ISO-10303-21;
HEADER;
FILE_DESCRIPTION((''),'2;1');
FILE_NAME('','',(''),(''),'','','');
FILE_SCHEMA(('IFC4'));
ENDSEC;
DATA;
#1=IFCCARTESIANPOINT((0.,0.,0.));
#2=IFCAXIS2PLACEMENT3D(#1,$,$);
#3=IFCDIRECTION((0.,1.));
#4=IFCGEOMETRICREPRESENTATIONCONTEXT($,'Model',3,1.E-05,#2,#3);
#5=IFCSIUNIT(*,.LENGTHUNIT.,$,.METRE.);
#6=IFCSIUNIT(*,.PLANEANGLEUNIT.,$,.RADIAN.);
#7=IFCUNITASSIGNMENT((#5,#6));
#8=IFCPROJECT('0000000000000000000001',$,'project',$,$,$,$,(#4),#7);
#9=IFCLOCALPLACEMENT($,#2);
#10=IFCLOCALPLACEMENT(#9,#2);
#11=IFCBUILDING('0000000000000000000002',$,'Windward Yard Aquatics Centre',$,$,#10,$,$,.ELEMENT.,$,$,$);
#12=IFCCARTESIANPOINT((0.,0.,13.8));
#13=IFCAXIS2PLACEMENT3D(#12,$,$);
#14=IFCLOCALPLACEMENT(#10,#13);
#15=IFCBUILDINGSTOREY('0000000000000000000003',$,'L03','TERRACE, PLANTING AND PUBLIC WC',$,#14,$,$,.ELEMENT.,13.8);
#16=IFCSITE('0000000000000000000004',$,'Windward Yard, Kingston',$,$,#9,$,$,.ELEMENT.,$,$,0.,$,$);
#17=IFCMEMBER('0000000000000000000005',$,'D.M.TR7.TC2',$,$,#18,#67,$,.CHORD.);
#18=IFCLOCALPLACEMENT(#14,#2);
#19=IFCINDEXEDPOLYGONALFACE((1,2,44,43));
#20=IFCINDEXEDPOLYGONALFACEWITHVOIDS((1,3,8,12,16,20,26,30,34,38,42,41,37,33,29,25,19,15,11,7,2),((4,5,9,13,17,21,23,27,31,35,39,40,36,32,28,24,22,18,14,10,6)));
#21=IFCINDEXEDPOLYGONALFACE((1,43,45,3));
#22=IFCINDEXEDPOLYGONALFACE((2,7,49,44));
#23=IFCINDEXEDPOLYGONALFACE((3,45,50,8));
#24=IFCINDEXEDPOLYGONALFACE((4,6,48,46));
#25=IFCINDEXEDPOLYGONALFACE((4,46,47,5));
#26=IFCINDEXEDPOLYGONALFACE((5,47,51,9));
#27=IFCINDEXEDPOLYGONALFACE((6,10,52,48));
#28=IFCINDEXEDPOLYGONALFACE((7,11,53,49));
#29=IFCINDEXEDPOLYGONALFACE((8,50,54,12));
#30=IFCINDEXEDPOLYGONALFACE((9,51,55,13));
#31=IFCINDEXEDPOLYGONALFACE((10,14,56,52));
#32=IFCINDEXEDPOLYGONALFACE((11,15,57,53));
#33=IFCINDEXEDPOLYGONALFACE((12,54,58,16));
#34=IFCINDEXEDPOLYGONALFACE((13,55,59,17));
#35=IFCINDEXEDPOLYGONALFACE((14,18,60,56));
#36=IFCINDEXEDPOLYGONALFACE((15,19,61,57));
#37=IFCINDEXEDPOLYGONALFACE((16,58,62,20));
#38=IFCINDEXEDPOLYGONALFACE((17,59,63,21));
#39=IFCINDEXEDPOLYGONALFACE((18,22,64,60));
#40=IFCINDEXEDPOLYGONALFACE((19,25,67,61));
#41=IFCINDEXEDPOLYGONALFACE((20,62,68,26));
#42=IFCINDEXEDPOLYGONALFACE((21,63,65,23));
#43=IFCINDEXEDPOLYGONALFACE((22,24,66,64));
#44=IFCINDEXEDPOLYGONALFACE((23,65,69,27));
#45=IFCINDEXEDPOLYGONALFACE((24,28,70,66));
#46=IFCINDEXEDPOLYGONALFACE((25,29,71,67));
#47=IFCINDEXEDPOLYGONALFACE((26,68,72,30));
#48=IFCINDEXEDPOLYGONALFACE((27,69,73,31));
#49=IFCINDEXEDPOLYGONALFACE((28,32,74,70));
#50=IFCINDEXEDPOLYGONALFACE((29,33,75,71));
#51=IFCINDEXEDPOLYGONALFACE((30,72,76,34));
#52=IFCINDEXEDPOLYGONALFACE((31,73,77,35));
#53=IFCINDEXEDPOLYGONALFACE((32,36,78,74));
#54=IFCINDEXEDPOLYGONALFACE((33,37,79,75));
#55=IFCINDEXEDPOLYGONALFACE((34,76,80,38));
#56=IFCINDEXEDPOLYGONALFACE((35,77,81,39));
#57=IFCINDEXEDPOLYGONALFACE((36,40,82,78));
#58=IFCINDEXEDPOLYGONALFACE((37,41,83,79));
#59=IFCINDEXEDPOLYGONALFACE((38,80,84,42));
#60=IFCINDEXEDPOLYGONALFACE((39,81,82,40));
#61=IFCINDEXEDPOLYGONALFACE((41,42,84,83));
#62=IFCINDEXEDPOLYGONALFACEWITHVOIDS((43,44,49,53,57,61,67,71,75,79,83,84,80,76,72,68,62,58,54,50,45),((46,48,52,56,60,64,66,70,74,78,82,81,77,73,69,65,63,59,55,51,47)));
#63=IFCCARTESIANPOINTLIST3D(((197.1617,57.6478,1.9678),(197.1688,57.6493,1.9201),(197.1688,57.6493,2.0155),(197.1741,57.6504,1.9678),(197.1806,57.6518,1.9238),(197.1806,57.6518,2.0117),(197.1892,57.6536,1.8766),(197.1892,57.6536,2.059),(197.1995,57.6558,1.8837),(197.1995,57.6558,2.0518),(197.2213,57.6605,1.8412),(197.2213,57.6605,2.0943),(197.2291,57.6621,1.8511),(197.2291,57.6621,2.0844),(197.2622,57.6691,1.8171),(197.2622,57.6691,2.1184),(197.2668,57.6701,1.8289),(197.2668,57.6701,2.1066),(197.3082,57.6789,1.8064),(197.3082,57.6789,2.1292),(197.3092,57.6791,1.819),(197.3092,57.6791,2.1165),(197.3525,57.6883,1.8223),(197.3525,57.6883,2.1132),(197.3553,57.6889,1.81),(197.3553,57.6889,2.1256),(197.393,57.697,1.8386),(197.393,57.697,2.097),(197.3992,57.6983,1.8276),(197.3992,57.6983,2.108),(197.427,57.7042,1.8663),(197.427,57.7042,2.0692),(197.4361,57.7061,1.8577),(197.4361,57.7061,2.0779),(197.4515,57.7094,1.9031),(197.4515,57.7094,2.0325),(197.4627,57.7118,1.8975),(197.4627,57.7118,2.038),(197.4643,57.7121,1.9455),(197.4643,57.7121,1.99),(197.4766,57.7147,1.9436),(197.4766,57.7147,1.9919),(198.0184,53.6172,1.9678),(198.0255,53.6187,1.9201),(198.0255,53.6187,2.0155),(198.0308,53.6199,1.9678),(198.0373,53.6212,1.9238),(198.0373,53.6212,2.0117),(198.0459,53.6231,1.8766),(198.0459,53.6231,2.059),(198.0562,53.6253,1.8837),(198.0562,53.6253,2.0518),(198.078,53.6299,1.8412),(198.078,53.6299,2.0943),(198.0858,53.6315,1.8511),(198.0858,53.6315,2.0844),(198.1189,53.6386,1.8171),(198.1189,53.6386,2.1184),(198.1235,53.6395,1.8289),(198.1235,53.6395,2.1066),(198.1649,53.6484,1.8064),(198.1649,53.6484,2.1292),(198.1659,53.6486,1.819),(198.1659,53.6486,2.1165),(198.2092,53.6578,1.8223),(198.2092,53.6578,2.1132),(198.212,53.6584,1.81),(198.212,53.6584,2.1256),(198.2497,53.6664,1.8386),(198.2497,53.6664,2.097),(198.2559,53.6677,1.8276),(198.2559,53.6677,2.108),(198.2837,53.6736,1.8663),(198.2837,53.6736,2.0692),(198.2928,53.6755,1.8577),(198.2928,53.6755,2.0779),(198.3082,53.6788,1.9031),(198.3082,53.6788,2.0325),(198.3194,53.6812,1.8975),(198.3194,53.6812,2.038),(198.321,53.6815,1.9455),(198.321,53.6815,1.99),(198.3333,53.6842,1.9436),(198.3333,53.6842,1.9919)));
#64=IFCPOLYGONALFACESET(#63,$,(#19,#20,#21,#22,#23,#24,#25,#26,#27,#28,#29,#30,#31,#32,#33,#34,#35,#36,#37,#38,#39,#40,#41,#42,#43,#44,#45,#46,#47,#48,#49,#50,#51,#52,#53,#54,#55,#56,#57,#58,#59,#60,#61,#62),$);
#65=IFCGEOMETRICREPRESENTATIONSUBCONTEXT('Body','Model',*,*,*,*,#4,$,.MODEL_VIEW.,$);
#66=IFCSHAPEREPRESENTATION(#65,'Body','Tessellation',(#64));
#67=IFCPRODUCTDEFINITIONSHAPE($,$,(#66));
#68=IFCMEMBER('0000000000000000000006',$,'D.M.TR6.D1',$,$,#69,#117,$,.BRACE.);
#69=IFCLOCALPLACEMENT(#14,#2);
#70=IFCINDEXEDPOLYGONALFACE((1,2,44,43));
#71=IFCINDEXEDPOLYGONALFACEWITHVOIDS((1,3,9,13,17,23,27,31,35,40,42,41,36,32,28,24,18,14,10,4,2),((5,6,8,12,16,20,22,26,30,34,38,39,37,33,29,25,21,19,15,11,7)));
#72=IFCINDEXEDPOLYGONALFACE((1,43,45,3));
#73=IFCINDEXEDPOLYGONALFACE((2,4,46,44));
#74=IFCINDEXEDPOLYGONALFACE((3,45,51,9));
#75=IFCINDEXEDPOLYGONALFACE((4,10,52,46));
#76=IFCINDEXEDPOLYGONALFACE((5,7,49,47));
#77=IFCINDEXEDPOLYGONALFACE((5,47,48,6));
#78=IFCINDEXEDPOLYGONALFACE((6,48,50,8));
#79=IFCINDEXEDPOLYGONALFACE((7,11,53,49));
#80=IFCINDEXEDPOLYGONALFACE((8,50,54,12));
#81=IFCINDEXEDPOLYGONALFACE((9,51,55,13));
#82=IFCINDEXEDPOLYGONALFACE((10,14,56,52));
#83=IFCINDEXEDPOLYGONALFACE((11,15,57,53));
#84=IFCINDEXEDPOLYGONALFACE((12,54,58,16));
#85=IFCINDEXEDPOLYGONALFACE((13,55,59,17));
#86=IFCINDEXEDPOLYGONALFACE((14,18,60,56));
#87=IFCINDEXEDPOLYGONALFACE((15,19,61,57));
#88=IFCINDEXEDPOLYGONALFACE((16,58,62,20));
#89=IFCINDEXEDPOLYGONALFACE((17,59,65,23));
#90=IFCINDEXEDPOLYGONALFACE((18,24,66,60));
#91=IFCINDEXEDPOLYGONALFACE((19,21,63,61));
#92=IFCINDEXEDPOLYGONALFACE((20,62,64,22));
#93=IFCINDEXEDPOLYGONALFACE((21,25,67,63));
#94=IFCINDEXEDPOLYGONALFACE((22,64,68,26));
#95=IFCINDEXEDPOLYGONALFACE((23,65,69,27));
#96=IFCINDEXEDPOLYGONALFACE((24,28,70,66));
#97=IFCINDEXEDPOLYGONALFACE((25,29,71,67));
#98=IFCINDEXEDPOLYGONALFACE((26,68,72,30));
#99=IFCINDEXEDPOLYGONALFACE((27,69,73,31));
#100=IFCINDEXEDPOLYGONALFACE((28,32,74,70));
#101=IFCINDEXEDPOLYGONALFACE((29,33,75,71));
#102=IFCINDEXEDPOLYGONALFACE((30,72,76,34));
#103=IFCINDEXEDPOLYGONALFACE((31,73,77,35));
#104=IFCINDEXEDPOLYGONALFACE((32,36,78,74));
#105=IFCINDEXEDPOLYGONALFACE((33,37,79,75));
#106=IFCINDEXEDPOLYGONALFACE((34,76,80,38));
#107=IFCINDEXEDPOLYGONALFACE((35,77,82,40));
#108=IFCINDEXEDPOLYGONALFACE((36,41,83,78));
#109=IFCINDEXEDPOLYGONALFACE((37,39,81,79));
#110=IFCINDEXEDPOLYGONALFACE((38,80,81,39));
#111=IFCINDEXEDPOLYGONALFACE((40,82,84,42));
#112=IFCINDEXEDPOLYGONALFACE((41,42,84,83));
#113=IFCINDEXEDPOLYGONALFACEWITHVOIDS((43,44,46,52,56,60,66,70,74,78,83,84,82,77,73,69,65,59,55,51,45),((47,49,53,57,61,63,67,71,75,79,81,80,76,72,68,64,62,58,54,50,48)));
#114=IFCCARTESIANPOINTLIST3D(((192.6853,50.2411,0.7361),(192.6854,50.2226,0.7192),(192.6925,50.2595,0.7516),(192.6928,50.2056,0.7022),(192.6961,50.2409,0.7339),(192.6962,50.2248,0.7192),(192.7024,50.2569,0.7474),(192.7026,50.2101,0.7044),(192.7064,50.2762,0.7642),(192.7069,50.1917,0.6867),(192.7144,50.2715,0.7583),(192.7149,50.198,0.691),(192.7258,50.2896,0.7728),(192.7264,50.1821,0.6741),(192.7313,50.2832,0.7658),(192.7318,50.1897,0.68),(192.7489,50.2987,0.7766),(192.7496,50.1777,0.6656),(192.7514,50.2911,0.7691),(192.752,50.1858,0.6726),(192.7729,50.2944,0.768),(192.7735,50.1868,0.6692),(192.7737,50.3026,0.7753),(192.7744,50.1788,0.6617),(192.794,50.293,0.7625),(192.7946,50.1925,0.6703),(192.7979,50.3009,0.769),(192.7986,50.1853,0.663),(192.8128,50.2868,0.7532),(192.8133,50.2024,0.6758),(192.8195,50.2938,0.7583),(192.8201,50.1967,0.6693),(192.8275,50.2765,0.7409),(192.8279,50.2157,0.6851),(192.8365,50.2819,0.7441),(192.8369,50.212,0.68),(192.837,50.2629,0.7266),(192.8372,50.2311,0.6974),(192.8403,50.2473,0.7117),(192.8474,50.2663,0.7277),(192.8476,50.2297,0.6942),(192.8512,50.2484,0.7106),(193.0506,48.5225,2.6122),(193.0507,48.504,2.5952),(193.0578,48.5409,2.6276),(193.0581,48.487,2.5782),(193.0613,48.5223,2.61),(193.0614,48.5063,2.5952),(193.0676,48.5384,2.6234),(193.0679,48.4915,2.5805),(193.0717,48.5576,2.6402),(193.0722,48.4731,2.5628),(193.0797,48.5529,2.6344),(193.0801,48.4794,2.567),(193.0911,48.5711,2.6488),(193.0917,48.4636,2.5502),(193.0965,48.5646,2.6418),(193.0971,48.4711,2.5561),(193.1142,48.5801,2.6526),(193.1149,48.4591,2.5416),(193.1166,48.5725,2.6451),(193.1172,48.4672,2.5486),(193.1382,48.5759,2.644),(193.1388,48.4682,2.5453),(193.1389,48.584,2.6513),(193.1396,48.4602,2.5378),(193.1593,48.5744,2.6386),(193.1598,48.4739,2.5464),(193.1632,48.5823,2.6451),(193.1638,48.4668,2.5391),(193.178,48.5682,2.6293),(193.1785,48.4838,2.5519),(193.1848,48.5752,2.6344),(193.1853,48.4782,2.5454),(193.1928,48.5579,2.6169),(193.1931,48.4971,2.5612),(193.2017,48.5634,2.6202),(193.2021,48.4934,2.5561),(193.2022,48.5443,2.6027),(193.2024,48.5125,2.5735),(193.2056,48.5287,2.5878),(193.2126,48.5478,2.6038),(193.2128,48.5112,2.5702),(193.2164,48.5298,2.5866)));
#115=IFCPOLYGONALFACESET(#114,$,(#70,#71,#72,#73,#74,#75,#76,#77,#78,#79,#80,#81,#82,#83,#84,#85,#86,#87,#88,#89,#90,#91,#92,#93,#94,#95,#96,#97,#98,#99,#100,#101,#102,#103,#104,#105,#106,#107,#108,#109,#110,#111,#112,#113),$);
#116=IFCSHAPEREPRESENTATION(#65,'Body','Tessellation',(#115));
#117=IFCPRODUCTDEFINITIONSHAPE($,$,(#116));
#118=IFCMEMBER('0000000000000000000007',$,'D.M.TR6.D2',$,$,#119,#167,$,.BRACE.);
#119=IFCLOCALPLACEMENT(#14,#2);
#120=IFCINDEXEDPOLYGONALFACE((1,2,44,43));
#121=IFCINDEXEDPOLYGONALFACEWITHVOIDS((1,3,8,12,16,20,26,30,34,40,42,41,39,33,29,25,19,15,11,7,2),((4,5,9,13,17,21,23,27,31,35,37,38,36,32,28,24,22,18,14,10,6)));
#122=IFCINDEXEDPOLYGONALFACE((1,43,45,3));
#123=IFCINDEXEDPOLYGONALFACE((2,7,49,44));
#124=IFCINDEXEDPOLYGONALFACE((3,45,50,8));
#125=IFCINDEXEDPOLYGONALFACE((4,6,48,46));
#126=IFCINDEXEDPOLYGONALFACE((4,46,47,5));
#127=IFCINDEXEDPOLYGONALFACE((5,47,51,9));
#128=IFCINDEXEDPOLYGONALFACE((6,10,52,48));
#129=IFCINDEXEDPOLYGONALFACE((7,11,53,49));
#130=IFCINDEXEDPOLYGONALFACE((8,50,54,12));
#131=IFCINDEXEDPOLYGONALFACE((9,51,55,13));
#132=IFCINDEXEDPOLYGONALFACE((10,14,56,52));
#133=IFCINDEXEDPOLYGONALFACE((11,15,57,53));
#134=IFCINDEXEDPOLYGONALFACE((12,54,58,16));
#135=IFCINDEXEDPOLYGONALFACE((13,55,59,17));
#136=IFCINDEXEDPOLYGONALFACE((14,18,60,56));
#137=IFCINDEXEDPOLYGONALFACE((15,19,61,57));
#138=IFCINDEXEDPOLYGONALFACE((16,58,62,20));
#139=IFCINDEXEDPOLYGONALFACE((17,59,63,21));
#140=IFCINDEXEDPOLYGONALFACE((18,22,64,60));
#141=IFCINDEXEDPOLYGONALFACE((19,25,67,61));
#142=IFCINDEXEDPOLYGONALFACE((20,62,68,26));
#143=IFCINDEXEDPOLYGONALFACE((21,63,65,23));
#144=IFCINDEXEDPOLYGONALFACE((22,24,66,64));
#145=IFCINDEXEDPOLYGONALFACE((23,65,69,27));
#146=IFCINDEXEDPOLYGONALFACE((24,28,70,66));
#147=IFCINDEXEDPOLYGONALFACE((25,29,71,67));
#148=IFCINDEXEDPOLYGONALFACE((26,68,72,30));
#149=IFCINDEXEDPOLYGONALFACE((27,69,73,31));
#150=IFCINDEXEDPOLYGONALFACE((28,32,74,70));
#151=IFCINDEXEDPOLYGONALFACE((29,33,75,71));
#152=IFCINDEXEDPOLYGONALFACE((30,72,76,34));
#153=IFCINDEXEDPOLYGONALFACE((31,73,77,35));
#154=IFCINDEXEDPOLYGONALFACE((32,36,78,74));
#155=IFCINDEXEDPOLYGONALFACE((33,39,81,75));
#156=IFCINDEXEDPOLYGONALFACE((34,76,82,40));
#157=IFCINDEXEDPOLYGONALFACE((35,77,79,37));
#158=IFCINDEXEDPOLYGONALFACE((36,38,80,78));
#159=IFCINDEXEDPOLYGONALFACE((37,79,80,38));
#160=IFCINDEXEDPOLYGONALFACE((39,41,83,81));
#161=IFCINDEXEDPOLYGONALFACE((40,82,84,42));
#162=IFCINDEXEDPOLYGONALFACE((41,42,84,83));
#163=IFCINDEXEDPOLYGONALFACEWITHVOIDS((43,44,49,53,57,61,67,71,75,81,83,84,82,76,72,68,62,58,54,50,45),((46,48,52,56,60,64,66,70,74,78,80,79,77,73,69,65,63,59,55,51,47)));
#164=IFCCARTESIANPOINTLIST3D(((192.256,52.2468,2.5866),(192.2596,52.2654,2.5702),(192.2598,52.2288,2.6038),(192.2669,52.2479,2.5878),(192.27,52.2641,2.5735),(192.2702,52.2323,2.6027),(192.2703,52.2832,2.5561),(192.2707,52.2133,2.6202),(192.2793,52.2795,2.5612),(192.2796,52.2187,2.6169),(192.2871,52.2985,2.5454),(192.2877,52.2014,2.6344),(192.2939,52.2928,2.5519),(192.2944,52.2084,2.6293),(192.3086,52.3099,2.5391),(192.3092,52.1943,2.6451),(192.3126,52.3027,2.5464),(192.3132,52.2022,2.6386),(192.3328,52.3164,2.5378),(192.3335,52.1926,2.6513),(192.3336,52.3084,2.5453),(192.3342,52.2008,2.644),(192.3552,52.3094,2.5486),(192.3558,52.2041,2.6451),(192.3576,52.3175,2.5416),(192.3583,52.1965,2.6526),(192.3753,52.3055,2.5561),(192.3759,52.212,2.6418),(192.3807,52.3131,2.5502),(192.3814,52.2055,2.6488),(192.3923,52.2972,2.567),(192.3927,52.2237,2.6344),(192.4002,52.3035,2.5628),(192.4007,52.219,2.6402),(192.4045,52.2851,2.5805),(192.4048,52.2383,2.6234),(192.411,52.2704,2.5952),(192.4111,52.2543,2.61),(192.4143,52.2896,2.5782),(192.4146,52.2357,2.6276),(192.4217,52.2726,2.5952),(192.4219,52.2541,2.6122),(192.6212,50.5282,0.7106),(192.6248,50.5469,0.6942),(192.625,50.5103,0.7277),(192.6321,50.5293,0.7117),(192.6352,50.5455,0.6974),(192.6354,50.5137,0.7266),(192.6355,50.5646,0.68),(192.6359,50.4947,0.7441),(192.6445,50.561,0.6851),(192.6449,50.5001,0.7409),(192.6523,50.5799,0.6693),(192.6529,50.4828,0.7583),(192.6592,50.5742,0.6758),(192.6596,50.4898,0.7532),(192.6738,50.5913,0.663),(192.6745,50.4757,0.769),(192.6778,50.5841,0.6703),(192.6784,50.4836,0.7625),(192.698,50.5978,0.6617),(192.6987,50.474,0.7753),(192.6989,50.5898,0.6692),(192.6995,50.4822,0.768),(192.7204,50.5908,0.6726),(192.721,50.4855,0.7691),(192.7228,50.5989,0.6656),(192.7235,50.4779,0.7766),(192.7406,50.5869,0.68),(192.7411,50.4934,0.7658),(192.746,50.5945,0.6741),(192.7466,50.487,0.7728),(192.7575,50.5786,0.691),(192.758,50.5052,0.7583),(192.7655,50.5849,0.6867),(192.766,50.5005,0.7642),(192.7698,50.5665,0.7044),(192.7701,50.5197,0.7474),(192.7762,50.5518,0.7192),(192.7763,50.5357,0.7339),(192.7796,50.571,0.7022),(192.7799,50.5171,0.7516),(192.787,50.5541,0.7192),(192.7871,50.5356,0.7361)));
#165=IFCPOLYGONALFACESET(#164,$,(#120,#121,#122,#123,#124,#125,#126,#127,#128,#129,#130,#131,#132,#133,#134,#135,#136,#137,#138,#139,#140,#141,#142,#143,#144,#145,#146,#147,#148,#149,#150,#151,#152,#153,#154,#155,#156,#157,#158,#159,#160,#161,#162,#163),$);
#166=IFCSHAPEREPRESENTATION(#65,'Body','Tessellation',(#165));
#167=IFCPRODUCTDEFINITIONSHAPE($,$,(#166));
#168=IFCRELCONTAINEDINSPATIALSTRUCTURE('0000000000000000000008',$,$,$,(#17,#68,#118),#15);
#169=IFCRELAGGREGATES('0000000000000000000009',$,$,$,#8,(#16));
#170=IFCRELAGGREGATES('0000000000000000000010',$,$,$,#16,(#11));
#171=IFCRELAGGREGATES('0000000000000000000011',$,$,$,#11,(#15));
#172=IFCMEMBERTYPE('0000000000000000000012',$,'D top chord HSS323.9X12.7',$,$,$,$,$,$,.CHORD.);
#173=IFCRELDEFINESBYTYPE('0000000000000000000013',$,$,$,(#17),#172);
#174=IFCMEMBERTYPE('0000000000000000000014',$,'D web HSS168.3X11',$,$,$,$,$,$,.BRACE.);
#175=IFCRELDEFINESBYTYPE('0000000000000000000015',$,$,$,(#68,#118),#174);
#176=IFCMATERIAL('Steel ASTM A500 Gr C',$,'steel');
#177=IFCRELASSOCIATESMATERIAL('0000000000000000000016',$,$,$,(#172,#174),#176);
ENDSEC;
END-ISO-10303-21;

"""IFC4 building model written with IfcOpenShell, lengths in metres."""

from ifc_helpers import new_model, si_unit, direction, frame, origin, origin_2d, place, context, subcontext, project, spatial, hollow_circle, extrude, material, material_profile, profile_set, type_object, element, save


model = new_model("IFC4")

# Units and contexts
model_context = context("Model", 3, precision=1e-05, world=origin(), true_north=direction((0.0, 1.0)))
body_context = subcontext(model_context, "Body", "Model", "MODEL_VIEW")
ifc_project = project(units=[si_unit("LENGTHUNIT", "METRE"), si_unit("PLANEANGLEUNIT", "RADIAN")], contexts=[model_context])

# Site, building, storey
site_placement = place(None, origin())
site = spatial("IfcSite", under=ifc_project, at=site_placement, Name="Windward Yard, Kingston", CompositionType="ELEMENT", RefElevation=0.0)
building_placement = place(site_placement, origin())
building = spatial("IfcBuilding", under=site, at=building_placement, Name="Windward Yard Aquatics Centre", CompositionType="ELEMENT")
storey_placement = place(building_placement, frame((0.0, 0.0, 13.8)))
storey = spatial("IfcBuildingStorey", under=building, at=storey_placement, Name="L03", Description="TERRACE, PLANTING AND PUBLIC WC", CompositionType="ELEMENT", Elevation=13.8)

# Shared definitions
ifc_material_1 = material(Name="Steel ASTM A500 Gr C", Category="steel")

# Members
ifc_material_profile_1 = material_profile(ifc_material_1, hollow_circle(Radius=0.1619, WallThickness=0.0127, at=origin_2d()), Name="HSS323.9X12.7")
ifc_profile_set_1 = profile_set([ifc_material_profile_1], Name="Steel ASTM A500 Gr C")
member_type_1 = type_object("IfcMemberType", Name="D top chord HSS323.9X12.7", PredefinedType="CHORD", material=ifc_profile_set_1)
member_1_placement = place(storey_placement, frame((198.1768, 53.6509, 1.9678), z_axis=(-0.207906, 0.978149, 0.0), x_axis=(-0.978149, -0.207906, 0.0)))
element("IfcMember", 1, at=member_1_placement, inside=storey, type_object=member_type_1, Name="D.M.TR7.TC2", PredefinedType="CHORD", context=body_context, shape_type="SweptSolid", body=[
    extrude(hollow_circle(Radius=0.1619, WallThickness=0.0127, at=origin_2d()), origin(), (0.0, 0.0, 1.0), 4.1206),
])
ifc_material_profile_2 = material_profile(ifc_material_1, hollow_circle(Radius=0.0842, WallThickness=0.011, at=origin_2d()), Name="HSS168.3X11")
ifc_profile_set_2 = profile_set([ifc_material_profile_2], Name="Steel ASTM A500 Gr C")
member_type_2 = type_object("IfcMemberType", Name="D web HSS168.3X11", PredefinedType="BRACE", material=ifc_profile_set_2)
for number, where, z_axis, x_axis, name in (
    (2, (193.1331, 48.5215, 2.5952), (-0.142103, 0.668626, -0.729894), (-0.978153, -0.207887, 0.0), "D.M.TR6.D1"),
    (3, (192.3394, 52.2551, 2.5952), (0.142103, -0.668626, -0.729894), (0.978153, 0.207887, 0.0), "D.M.TR6.D2"),
):
    element("IfcMember", number, at=place(storey_placement, frame(where, z_axis=z_axis, x_axis=x_axis)), inside=storey, type_object=member_type_2, Name=name, PredefinedType="BRACE", context=body_context, shape_type="SweptSolid", body=[
        extrude(hollow_circle(Radius=0.0842, WallThickness=0.011, at=origin_2d()), origin(), (0.0, 0.0, 1.0), 2.5703),
    ])

save(model, "model.ifc")
